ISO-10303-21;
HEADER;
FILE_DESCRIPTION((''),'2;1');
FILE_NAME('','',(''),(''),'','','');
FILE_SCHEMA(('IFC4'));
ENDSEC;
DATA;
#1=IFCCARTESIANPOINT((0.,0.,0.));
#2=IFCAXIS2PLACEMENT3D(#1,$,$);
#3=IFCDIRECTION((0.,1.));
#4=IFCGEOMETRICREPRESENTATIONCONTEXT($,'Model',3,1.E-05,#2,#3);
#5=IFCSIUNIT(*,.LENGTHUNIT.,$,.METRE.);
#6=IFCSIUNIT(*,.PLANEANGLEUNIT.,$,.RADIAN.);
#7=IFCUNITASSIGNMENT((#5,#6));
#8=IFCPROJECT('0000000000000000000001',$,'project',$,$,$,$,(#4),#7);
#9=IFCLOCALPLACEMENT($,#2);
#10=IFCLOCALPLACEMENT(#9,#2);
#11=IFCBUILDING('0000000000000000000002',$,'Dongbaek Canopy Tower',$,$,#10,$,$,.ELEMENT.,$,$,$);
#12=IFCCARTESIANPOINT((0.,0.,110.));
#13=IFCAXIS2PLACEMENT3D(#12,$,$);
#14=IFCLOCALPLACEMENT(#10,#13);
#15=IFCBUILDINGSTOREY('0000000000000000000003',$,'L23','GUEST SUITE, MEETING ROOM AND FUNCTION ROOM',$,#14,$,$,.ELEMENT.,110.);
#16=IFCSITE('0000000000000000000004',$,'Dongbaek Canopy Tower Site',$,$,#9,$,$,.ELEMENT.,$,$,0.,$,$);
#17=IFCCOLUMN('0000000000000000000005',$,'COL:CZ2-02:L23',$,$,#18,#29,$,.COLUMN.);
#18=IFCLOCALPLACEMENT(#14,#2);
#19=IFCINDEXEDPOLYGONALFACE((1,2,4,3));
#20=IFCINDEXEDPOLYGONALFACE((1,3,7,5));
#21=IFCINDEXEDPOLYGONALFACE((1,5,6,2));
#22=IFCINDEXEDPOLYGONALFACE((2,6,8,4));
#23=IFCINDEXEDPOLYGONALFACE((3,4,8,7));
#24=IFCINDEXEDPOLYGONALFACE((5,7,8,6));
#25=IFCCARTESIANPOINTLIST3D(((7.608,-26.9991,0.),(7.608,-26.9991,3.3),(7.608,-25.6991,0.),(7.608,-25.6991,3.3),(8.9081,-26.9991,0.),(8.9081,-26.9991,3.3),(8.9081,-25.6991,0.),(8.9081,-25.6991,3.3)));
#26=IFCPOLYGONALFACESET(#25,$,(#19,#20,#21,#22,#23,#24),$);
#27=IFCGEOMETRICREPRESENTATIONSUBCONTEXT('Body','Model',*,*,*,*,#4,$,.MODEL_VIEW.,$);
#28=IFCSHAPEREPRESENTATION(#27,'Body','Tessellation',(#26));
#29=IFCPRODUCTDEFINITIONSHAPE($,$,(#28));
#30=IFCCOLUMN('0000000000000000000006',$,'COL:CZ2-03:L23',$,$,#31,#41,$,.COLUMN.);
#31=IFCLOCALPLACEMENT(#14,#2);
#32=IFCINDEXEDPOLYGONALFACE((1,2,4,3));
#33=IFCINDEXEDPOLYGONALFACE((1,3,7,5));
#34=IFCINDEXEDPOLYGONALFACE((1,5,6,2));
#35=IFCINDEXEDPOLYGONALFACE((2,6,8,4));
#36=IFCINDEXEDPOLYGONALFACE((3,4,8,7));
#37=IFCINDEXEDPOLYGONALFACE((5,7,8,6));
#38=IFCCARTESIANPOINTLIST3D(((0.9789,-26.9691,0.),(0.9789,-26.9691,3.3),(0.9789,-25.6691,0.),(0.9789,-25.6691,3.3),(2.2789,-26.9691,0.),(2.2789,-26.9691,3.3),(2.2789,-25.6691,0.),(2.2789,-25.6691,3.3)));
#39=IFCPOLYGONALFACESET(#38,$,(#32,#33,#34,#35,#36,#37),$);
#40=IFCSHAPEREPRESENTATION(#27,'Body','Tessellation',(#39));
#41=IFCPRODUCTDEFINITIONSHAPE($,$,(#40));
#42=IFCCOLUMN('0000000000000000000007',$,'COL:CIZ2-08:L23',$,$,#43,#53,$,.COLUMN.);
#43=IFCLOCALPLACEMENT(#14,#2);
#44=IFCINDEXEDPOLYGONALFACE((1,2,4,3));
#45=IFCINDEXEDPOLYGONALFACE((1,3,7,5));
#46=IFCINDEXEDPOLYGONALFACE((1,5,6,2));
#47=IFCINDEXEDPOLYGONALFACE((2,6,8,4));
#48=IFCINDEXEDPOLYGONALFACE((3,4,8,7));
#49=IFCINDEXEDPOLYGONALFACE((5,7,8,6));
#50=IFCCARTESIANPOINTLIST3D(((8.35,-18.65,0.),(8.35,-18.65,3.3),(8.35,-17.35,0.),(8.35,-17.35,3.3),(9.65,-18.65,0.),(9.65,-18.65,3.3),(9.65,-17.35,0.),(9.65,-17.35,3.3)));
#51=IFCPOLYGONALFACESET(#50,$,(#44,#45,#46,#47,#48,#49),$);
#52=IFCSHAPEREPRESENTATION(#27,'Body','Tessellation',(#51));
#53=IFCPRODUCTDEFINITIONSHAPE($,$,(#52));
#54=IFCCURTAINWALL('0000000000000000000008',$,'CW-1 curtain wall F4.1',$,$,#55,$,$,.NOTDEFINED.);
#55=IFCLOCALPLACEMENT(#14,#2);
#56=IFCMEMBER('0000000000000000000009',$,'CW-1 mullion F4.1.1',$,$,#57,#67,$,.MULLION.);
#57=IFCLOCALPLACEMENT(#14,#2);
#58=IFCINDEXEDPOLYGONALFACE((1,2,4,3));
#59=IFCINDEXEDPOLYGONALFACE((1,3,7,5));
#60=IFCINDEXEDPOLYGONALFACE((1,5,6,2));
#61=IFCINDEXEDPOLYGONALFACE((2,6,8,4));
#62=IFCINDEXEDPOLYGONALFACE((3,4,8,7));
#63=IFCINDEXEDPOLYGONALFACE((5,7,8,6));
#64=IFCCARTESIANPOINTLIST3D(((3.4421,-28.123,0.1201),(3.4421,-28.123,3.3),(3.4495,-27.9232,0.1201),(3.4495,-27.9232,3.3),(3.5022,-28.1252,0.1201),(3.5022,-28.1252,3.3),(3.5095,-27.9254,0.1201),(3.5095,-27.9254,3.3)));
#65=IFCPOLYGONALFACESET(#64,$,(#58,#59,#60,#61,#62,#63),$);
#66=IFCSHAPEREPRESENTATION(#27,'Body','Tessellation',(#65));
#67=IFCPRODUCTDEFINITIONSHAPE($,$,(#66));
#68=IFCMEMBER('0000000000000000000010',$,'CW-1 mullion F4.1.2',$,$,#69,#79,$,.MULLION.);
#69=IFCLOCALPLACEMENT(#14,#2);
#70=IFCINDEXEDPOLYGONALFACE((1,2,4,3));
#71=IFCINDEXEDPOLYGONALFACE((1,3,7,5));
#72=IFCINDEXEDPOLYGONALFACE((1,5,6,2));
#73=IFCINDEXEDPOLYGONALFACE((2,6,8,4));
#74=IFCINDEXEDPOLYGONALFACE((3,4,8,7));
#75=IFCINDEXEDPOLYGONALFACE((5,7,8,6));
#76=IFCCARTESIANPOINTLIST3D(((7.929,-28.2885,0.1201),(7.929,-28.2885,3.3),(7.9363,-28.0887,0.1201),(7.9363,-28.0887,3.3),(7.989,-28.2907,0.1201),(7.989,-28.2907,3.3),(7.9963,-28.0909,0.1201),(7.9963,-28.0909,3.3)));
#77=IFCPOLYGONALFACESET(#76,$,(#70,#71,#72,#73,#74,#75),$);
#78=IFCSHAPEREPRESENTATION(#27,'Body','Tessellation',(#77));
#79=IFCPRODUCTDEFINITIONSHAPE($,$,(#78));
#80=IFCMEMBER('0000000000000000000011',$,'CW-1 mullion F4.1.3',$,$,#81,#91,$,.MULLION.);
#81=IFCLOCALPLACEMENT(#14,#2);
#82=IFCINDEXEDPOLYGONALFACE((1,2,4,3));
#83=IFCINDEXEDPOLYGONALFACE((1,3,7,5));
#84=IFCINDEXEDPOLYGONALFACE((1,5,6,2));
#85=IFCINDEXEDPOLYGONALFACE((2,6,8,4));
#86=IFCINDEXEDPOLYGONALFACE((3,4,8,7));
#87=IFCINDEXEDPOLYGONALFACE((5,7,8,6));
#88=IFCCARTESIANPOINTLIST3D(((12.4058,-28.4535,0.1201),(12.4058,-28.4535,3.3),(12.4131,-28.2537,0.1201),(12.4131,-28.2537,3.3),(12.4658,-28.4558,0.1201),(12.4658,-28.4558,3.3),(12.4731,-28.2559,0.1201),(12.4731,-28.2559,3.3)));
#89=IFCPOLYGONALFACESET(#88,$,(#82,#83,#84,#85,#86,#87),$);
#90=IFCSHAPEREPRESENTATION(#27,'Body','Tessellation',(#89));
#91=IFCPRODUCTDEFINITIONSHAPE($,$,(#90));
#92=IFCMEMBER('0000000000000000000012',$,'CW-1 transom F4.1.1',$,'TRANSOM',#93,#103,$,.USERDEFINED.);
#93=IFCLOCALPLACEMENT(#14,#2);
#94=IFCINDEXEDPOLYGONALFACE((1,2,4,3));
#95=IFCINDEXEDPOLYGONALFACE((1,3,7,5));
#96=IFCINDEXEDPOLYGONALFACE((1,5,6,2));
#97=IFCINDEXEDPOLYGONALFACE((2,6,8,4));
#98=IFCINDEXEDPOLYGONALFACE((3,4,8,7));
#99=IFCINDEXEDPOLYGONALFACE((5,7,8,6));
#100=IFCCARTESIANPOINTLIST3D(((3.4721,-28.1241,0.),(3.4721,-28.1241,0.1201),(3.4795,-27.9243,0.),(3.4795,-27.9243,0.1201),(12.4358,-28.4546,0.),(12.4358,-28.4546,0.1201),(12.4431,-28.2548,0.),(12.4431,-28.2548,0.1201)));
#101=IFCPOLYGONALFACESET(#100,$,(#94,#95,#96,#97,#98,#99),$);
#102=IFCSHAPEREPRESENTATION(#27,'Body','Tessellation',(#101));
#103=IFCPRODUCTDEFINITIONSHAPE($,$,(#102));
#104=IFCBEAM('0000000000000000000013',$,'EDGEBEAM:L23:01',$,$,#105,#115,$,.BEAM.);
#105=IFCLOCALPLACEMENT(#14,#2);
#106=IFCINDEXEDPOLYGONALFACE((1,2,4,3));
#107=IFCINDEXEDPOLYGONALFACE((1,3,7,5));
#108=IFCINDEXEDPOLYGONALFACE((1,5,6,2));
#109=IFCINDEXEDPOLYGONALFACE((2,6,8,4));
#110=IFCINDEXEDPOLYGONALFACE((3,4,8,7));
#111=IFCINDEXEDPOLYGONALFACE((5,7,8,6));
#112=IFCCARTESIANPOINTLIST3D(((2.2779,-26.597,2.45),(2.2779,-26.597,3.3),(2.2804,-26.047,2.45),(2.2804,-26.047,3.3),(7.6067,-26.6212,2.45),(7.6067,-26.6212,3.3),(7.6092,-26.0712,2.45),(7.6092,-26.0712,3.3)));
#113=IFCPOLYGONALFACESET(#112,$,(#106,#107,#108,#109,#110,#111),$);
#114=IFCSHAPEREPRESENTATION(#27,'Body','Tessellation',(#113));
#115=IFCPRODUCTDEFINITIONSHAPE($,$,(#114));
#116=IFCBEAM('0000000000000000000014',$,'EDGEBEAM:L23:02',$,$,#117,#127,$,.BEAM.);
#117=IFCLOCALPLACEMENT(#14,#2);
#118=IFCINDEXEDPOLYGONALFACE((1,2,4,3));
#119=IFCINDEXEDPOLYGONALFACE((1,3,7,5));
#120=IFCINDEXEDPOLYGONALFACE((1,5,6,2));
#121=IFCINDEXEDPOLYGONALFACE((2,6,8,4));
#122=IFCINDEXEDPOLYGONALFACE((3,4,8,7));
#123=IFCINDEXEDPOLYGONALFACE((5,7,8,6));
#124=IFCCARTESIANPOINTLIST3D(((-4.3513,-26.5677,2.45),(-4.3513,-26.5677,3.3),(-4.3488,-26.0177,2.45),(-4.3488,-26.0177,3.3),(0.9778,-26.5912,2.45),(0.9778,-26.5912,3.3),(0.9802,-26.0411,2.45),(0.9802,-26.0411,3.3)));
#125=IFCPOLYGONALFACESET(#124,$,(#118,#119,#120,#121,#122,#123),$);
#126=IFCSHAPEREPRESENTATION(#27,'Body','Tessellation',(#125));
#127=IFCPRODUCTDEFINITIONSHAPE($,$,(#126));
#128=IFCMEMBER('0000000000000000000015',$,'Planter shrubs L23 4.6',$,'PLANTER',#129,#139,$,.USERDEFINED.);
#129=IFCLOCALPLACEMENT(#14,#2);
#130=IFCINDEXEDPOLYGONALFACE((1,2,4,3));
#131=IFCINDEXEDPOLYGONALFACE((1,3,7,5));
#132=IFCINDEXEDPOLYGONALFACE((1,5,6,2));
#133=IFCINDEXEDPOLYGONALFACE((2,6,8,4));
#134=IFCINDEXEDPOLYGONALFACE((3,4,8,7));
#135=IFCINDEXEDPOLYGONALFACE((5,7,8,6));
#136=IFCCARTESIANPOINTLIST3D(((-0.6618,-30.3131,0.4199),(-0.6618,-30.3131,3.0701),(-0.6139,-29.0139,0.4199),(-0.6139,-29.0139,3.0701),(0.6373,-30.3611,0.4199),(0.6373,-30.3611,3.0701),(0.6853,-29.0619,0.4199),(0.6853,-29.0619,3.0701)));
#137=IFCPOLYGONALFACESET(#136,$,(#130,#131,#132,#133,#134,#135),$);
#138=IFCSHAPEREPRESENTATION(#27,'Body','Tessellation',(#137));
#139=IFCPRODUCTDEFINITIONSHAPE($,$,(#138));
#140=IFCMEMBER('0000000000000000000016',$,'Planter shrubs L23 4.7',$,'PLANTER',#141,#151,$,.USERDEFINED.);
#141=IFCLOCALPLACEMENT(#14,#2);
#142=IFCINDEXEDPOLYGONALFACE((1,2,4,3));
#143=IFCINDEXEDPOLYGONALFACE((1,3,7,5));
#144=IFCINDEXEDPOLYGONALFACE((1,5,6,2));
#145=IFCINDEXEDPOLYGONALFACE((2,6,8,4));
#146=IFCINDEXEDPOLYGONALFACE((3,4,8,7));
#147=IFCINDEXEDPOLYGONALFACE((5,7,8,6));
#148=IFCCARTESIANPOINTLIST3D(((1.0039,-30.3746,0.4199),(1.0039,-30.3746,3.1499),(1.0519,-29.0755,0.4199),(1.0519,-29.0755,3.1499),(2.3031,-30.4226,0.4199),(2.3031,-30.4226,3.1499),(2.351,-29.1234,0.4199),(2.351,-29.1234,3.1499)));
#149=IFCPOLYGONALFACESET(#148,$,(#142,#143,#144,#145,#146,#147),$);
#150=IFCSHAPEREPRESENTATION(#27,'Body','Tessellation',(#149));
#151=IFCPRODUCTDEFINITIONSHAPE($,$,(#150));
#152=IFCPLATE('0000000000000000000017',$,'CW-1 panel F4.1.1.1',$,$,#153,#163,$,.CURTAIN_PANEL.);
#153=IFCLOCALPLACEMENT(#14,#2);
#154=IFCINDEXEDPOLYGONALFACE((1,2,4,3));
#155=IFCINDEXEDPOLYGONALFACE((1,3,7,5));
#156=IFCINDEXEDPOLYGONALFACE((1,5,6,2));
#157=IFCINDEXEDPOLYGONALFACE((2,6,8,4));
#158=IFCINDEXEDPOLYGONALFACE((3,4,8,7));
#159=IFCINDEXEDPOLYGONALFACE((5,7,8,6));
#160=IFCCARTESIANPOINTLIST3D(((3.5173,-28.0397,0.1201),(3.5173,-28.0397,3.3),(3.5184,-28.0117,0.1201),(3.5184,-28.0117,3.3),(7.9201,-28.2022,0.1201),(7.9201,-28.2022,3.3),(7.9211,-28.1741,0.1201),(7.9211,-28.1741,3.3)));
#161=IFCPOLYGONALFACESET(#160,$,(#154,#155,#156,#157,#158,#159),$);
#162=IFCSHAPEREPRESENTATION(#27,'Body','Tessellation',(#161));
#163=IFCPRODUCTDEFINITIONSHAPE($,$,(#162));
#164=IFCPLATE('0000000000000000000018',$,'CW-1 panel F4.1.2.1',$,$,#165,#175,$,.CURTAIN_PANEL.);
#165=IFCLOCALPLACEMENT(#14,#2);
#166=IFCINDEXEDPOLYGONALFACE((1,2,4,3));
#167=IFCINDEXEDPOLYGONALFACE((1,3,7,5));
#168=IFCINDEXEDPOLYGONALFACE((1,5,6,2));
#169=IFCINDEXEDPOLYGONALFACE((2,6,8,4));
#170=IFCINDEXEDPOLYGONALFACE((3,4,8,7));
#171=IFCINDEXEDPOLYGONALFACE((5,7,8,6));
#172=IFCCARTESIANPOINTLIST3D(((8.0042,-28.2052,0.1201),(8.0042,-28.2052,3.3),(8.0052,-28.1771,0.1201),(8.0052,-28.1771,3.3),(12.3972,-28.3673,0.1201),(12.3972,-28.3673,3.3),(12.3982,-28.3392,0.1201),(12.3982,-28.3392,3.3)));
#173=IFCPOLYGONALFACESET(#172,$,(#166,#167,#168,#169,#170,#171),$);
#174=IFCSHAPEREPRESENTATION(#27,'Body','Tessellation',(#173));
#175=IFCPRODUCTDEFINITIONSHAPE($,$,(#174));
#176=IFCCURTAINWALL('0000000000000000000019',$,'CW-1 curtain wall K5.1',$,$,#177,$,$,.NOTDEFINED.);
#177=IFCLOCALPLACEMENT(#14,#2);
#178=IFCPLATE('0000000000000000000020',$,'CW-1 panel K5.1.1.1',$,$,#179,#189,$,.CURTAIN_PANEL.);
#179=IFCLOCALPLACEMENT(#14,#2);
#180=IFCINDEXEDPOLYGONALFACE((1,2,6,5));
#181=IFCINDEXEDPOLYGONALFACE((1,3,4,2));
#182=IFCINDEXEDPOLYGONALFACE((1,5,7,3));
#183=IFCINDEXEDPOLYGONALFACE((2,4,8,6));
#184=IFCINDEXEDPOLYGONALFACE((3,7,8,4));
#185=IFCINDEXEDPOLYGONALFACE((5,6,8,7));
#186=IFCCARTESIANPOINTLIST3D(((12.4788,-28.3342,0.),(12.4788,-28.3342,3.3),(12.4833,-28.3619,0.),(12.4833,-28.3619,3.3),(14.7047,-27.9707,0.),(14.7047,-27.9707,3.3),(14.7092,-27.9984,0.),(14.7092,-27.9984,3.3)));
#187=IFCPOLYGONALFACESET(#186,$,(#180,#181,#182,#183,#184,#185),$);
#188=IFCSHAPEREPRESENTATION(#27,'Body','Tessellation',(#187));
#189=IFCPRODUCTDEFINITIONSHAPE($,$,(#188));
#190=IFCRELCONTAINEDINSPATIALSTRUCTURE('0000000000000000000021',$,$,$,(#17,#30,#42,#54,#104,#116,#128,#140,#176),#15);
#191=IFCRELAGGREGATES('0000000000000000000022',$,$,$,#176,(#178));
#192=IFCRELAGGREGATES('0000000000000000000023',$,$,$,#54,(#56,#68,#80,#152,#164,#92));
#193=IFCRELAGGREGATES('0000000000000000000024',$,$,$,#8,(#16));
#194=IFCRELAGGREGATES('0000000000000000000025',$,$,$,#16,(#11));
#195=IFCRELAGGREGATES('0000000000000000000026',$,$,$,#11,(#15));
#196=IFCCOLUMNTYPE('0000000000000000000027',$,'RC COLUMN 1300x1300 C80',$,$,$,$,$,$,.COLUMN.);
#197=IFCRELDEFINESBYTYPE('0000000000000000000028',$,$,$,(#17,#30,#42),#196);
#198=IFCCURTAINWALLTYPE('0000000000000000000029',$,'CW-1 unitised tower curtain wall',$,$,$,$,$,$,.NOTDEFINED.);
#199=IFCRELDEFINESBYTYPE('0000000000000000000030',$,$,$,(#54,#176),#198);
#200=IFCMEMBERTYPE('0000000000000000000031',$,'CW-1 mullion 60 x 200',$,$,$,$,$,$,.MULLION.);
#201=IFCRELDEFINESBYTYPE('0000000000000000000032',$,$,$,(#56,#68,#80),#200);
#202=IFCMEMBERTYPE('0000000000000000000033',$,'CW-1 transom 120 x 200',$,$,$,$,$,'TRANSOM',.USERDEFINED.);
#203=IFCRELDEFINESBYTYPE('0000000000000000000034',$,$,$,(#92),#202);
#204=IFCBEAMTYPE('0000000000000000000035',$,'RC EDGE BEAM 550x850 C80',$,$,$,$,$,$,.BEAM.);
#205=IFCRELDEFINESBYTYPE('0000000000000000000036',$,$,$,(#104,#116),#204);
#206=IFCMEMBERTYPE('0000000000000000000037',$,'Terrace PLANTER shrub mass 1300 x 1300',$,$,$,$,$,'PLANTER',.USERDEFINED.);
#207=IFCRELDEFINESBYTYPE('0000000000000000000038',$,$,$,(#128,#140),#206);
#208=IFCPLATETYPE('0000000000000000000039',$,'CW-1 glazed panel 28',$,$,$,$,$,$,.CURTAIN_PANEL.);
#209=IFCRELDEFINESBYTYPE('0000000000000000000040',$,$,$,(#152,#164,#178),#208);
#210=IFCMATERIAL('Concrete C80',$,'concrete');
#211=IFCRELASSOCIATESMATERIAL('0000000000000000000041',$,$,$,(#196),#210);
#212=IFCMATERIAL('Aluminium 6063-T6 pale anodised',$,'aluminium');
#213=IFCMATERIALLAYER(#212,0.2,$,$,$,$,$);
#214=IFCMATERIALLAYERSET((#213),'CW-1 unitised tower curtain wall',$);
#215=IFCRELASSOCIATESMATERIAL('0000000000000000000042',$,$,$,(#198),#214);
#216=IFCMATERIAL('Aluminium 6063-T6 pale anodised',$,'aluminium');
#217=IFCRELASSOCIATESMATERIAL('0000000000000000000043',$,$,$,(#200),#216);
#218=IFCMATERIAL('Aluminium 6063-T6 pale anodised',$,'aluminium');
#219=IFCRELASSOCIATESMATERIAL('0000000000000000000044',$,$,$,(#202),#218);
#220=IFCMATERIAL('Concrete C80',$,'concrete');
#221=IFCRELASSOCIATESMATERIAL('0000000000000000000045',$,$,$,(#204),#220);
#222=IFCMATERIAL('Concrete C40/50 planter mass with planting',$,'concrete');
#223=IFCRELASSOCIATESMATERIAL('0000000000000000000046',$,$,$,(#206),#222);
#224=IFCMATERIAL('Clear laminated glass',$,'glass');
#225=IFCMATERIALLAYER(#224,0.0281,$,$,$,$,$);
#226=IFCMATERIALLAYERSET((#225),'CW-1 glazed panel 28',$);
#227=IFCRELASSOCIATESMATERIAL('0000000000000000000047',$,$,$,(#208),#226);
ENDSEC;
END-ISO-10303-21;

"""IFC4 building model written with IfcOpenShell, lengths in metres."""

from ifc_helpers import new_model, si_unit, direction, frame, origin, origin_2d, place, context, subcontext, project, spatial, rectangle, extrude, material, layer, layer_set, material_profile, profile_set, type_object, element, aggregate, save


model = new_model("IFC4")

# Units and contexts
model_context = context("Model", 3, precision=1e-05, world=origin(), true_north=direction((0.0, 1.0)))
body_context = subcontext(model_context, "Body", "Model", "MODEL_VIEW")
ifc_project = project(units=[si_unit("LENGTHUNIT", "METRE"), si_unit("PLANEANGLEUNIT", "RADIAN")], contexts=[model_context])

# Site, building, storey
site_placement = place(None, origin())
site = spatial("IfcSite", under=ifc_project, at=site_placement, Name="Dongbaek Canopy Tower Site", CompositionType="ELEMENT", RefElevation=0.0)
building_placement = place(site_placement, origin())
building = spatial("IfcBuilding", under=site, at=building_placement, Name="Dongbaek Canopy Tower", CompositionType="ELEMENT")
storey_placement = place(building_placement, frame((0.0, 0.0, 110.0)))
storey = spatial("IfcBuildingStorey", under=building, at=storey_placement, Name="L23", Description="GUEST SUITE, MEETING ROOM AND FUNCTION ROOM", CompositionType="ELEMENT", Elevation=110.0)

# Columns
ifc_material_1 = material(Name="Concrete C80", Category="concrete")
ifc_material_profile_1 = material_profile(ifc_material_1, rectangle(XDim=1.3, YDim=1.3, at=origin_2d()), Name="RC COLUMN 1300x1300 C80")
ifc_profile_set_1 = profile_set([ifc_material_profile_1], Name="Concrete C80")
column_type = type_object("IfcColumnType", Name="RC COLUMN 1300x1300 C80", PredefinedType="COLUMN", material=ifc_profile_set_1)
for number, where, z_axis, x_axis, name in (
    (1, (8.2581, -26.3491, 0.0), (0.0, 0.0, 1.0), (1.0, 0.0, 0.0), "COL:CZ2-02:L23"),
    (2, (1.6289, -26.3191, 0.0), (0.0, 0.0, 1.0), (1.0, 0.0, 0.0), "COL:CZ2-03:L23"),
    (3, (9.0, -18.0, 0.0), (0.0, 0.0, 1.0), (1.0, 0.0, 0.0), "COL:CIZ2-08:L23"),
):
    element("IfcColumn", number, at=place(storey_placement, frame(where, z_axis=z_axis, x_axis=x_axis)), inside=storey, type_object=column_type, Name=name, PredefinedType="COLUMN", context=body_context, shape_type="SweptSolid", body=[
        extrude(rectangle(XDim=1.3, YDim=1.3, at=origin_2d()), origin(), (0.0, 0.0, 1.0), 3.3),
    ])

# Curtain wall, members
ifc_material_2 = material(Name="Aluminium 6063-T6 pale anodised", Category="aluminium")
ifc_layer_1 = layer(ifc_material_2, 0.2)
ifc_layer_set_1 = layer_set([ifc_layer_1], Name="CW-1 unitised tower curtain wall")
curtain_wall_type = type_object("IfcCurtainWallType", Name="CW-1 unitised tower curtain wall", PredefinedType="NOTDEFINED", material=ifc_layer_set_1)
curtain_wall_1_placement = place(storey_placement, origin())
curtain_wall_1 = element("IfcCurtainWall", 4, at=curtain_wall_1_placement, inside=storey, type_object=curtain_wall_type, Name="CW-1 curtain wall F4.1", PredefinedType="NOTDEFINED")
ifc_material_3 = material(Name="Aluminium 6063-T6 pale anodised", Category="aluminium")
ifc_material_profile_2 = material_profile(ifc_material_3, rectangle(XDim=0.2, YDim=0.0601, at=origin_2d()), Name="CW-1 mullion 60 x 200")
ifc_profile_set_2 = profile_set([ifc_material_profile_2], Name="Aluminium 6063-T6 pale anodised")
member_type_1 = type_object("IfcMemberType", Name="CW-1 mullion 60 x 200", PredefinedType="MULLION", material=ifc_profile_set_2)
member_1_placement = place(storey_placement, frame((3.4758, -28.0242, 0.1201), z_axis=(0.0, 0.0, 1.0), x_axis=(-0.036873, -0.99932, 0.0)))
member_1 = element("IfcMember", 5, at=member_1_placement, type_object=member_type_1, Name="CW-1 mullion F4.1.1", PredefinedType="MULLION", context=body_context, shape_type="SweptSolid", body=[
    extrude(rectangle(XDim=0.2, YDim=0.0601, at=origin_2d()), origin(), (0.0, 0.0, 1.0), 3.1799),
])
member_2_placement = place(storey_placement, frame((7.9626, -28.1897, 0.1201), z_axis=(0.0, 0.0, 1.0), x_axis=(-0.036873, -0.99932, 0.0)))
member_2 = element("IfcMember", 6, at=member_2_placement, type_object=member_type_1, Name="CW-1 mullion F4.1.2", PredefinedType="MULLION", context=body_context, shape_type="SweptSolid", body=[
    extrude(rectangle(XDim=0.2, YDim=0.0601, at=origin_2d()), origin(), (0.0, 0.0, 1.0), 3.1799),
])
member_3_placement = place(storey_placement, frame((12.4395, -28.3547, 0.1201), z_axis=(0.0, 0.0, 1.0), x_axis=(-0.036873, -0.99932, 0.0)))
member_3 = element("IfcMember", 7, at=member_3_placement, type_object=member_type_1, Name="CW-1 mullion F4.1.3", PredefinedType="MULLION", context=body_context, shape_type="SweptSolid", body=[
    extrude(rectangle(XDim=0.2, YDim=0.0601, at=origin_2d()), origin(), (0.0, 0.0, 1.0), 3.1799),
])
ifc_material_4 = material(Name="Aluminium 6063-T6 pale anodised", Category="aluminium")
ifc_material_profile_3 = material_profile(ifc_material_4, rectangle(XDim=0.2, YDim=0.1201, at=origin_2d()), Name="CW-1 transom 120 x 200")
ifc_profile_set_3 = profile_set([ifc_material_profile_3], Name="Aluminium 6063-T6 pale anodised")
member_type_2 = type_object("IfcMemberType", Name="CW-1 transom 120 x 200", ElementType="TRANSOM", PredefinedType="USERDEFINED", material=ifc_profile_set_3)
member_4_placement = place(storey_placement, frame((3.4758, -28.0242, 0.0601), z_axis=(0.999321, -0.036854, 0.0), x_axis=(0.036854, 0.999321, 0.0)))
member_4 = element("IfcMember", 8, at=member_4_placement, type_object=member_type_2, Name="CW-1 transom F4.1.1", ObjectType="TRANSOM", PredefinedType="USERDEFINED", context=body_context, shape_type="SweptSolid", body=[
    extrude(rectangle(XDim=0.2, YDim=0.1201, at=origin_2d()), origin(), (0.0, 0.0, 1.0), 8.9697),
])

# Beams
ifc_material_5 = material(Name="Concrete C80", Category="concrete")
ifc_material_profile_4 = material_profile(ifc_material_5, rectangle(XDim=0.55, YDim=0.8501, at=origin_2d()), Name="RC EDGE BEAM 550x850 C80")
ifc_profile_set_4 = profile_set([ifc_material_profile_4], Name="Concrete C80")
beam_type = type_object("IfcBeamType", Name="RC EDGE BEAM 550x850 C80", PredefinedType="BEAM", material=ifc_profile_set_4)
beam_1_placement = place(storey_placement, frame((7.6079, -26.3462, 2.875), z_axis=(-0.99999, 0.004536, 0.0), x_axis=(-0.004536, -0.99999, 0.0)))
element("IfcBeam", 9, at=beam_1_placement, inside=storey, type_object=beam_type, Name="EDGEBEAM:L23:01", PredefinedType="BEAM", context=body_context, shape_type="SweptSolid", body=[
    extrude(rectangle(XDim=0.55, YDim=0.8501, at=origin_2d()), origin(), (0.0, 0.0, 1.0), 5.3289),
])
beam_2_placement = place(storey_placement, frame((0.979, -26.3162, 2.875), z_axis=(-0.99999, 0.004398, 0.0), x_axis=(-0.004398, -0.99999, 0.0)))
element("IfcBeam", 10, at=beam_2_placement, inside=storey, type_object=beam_type, Name="EDGEBEAM:L23:02", PredefinedType="BEAM", context=body_context, shape_type="SweptSolid", body=[
    extrude(rectangle(XDim=0.55, YDim=0.8501, at=origin_2d()), origin(), (0.0, 0.0, 1.0), 5.3291),
])

# Members
ifc_material_6 = material(Name="Concrete C40/50 planter mass with planting", Category="concrete")
ifc_material_profile_5 = material_profile(ifc_material_6, rectangle(XDim=1.3, YDim=1.3, at=origin_2d()), Name="Terrace PLANTER shrub mass 1300 x 1300")
ifc_profile_set_5 = profile_set([ifc_material_profile_5], Name="Concrete C40/50 planter mass with planting")
member_type_3 = type_object("IfcMemberType", Name="Terrace PLANTER shrub mass 1300 x 1300", ElementType="PLANTER", PredefinedType="USERDEFINED", material=ifc_profile_set_5)
member_5_placement = place(storey_placement, frame((0.0117, -29.6875, 0.4199), z_axis=(0.0, 0.0, 1.0), x_axis=(-0.036873, -0.99932, 0.0)))
element("IfcMember", 11, at=member_5_placement, inside=storey, type_object=member_type_3, Name="Planter shrubs L23 4.6", ObjectType="PLANTER", PredefinedType="USERDEFINED", context=body_context, shape_type="SweptSolid", body=[
    extrude(rectangle(XDim=1.3, YDim=1.3, at=origin_2d()), origin(), (0.0, 0.0, 1.0), 2.6501),
])
member_6_placement = place(storey_placement, frame((1.6775, -29.749, 0.4199), z_axis=(0.0, 0.0, 1.0), x_axis=(-0.036873, -0.99932, 0.0)))
element("IfcMember", 12, at=member_6_placement, inside=storey, type_object=member_type_3, Name="Planter shrubs L23 4.7", ObjectType="PLANTER", PredefinedType="USERDEFINED", context=body_context, shape_type="SweptSolid", body=[
    extrude(rectangle(XDim=1.3, YDim=1.3, at=origin_2d()), origin(), (0.0, 0.0, 1.0), 2.73),
])

# Plates
ifc_material_7 = material(Name="Clear laminated glass", Category="glass")
ifc_layer_2 = layer(ifc_material_7, 0.0281)
ifc_layer_set_2 = layer_set([ifc_layer_2], Name="CW-1 glazed panel 28")
plate_type = type_object("IfcPlateType", Name="CW-1 glazed panel 28", PredefinedType="CURTAIN_PANEL", material=ifc_layer_set_2)
plate_1_placement = place(storey_placement, frame((5.7192, -28.1069, 0.1201), z_axis=(0.0, 0.0, 1.0), x_axis=(0.99932, -0.036873, 0.0)))
plate_1 = element("IfcPlate", 13, at=plate_1_placement, type_object=plate_type, Name="CW-1 panel F4.1.1.1", PredefinedType="CURTAIN_PANEL", context=body_context, shape_type="SweptSolid", body=[
    extrude(rectangle(XDim=4.4058, YDim=0.0281, at=origin_2d()), origin(), (0.0, 0.0, 1.0), 3.1799),
])
plate_2_placement = place(storey_placement, frame((10.2012, -28.2722, 0.1201), z_axis=(0.0, 0.0, 1.0), x_axis=(0.99932, -0.036873, 0.0)))
plate_2 = element("IfcPlate", 14, at=plate_2_placement, type_object=plate_type, Name="CW-1 panel F4.1.2.1", PredefinedType="CURTAIN_PANEL", context=body_context, shape_type="SweptSolid", body=[
    extrude(rectangle(XDim=4.396, YDim=0.0281, at=origin_2d()), origin(), (0.0, 0.0, 1.0), 3.1799),
])

# Curtain wall, plate
curtain_wall_2_placement = place(storey_placement, origin())
curtain_wall_2 = element("IfcCurtainWall", 15, at=curtain_wall_2_placement, inside=storey, type_object=curtain_wall_type, Name="CW-1 curtain wall K5.1", PredefinedType="NOTDEFINED")
plate_3_placement = place(storey_placement, frame((13.594, -28.1663, 0.0), z_axis=(0.0, 0.0, 1.0), x_axis=(0.986926, 0.161174, 0.0)))
plate_3 = element("IfcPlate", 16, at=plate_3_placement, type_object=plate_type, Name="CW-1 panel K5.1.1.1", PredefinedType="CURTAIN_PANEL", context=body_context, shape_type="SweptSolid", body=[
    extrude(rectangle(XDim=2.2554, YDim=0.0281, at=origin_2d()), origin(), (0.0, 0.0, 1.0), 3.3),
])
aggregate(curtain_wall_2, [plate_3])

aggregate(curtain_wall_1, [member_1, member_2, member_3, plate_1, plate_2, member_4])

save(model, "model.ifc")
